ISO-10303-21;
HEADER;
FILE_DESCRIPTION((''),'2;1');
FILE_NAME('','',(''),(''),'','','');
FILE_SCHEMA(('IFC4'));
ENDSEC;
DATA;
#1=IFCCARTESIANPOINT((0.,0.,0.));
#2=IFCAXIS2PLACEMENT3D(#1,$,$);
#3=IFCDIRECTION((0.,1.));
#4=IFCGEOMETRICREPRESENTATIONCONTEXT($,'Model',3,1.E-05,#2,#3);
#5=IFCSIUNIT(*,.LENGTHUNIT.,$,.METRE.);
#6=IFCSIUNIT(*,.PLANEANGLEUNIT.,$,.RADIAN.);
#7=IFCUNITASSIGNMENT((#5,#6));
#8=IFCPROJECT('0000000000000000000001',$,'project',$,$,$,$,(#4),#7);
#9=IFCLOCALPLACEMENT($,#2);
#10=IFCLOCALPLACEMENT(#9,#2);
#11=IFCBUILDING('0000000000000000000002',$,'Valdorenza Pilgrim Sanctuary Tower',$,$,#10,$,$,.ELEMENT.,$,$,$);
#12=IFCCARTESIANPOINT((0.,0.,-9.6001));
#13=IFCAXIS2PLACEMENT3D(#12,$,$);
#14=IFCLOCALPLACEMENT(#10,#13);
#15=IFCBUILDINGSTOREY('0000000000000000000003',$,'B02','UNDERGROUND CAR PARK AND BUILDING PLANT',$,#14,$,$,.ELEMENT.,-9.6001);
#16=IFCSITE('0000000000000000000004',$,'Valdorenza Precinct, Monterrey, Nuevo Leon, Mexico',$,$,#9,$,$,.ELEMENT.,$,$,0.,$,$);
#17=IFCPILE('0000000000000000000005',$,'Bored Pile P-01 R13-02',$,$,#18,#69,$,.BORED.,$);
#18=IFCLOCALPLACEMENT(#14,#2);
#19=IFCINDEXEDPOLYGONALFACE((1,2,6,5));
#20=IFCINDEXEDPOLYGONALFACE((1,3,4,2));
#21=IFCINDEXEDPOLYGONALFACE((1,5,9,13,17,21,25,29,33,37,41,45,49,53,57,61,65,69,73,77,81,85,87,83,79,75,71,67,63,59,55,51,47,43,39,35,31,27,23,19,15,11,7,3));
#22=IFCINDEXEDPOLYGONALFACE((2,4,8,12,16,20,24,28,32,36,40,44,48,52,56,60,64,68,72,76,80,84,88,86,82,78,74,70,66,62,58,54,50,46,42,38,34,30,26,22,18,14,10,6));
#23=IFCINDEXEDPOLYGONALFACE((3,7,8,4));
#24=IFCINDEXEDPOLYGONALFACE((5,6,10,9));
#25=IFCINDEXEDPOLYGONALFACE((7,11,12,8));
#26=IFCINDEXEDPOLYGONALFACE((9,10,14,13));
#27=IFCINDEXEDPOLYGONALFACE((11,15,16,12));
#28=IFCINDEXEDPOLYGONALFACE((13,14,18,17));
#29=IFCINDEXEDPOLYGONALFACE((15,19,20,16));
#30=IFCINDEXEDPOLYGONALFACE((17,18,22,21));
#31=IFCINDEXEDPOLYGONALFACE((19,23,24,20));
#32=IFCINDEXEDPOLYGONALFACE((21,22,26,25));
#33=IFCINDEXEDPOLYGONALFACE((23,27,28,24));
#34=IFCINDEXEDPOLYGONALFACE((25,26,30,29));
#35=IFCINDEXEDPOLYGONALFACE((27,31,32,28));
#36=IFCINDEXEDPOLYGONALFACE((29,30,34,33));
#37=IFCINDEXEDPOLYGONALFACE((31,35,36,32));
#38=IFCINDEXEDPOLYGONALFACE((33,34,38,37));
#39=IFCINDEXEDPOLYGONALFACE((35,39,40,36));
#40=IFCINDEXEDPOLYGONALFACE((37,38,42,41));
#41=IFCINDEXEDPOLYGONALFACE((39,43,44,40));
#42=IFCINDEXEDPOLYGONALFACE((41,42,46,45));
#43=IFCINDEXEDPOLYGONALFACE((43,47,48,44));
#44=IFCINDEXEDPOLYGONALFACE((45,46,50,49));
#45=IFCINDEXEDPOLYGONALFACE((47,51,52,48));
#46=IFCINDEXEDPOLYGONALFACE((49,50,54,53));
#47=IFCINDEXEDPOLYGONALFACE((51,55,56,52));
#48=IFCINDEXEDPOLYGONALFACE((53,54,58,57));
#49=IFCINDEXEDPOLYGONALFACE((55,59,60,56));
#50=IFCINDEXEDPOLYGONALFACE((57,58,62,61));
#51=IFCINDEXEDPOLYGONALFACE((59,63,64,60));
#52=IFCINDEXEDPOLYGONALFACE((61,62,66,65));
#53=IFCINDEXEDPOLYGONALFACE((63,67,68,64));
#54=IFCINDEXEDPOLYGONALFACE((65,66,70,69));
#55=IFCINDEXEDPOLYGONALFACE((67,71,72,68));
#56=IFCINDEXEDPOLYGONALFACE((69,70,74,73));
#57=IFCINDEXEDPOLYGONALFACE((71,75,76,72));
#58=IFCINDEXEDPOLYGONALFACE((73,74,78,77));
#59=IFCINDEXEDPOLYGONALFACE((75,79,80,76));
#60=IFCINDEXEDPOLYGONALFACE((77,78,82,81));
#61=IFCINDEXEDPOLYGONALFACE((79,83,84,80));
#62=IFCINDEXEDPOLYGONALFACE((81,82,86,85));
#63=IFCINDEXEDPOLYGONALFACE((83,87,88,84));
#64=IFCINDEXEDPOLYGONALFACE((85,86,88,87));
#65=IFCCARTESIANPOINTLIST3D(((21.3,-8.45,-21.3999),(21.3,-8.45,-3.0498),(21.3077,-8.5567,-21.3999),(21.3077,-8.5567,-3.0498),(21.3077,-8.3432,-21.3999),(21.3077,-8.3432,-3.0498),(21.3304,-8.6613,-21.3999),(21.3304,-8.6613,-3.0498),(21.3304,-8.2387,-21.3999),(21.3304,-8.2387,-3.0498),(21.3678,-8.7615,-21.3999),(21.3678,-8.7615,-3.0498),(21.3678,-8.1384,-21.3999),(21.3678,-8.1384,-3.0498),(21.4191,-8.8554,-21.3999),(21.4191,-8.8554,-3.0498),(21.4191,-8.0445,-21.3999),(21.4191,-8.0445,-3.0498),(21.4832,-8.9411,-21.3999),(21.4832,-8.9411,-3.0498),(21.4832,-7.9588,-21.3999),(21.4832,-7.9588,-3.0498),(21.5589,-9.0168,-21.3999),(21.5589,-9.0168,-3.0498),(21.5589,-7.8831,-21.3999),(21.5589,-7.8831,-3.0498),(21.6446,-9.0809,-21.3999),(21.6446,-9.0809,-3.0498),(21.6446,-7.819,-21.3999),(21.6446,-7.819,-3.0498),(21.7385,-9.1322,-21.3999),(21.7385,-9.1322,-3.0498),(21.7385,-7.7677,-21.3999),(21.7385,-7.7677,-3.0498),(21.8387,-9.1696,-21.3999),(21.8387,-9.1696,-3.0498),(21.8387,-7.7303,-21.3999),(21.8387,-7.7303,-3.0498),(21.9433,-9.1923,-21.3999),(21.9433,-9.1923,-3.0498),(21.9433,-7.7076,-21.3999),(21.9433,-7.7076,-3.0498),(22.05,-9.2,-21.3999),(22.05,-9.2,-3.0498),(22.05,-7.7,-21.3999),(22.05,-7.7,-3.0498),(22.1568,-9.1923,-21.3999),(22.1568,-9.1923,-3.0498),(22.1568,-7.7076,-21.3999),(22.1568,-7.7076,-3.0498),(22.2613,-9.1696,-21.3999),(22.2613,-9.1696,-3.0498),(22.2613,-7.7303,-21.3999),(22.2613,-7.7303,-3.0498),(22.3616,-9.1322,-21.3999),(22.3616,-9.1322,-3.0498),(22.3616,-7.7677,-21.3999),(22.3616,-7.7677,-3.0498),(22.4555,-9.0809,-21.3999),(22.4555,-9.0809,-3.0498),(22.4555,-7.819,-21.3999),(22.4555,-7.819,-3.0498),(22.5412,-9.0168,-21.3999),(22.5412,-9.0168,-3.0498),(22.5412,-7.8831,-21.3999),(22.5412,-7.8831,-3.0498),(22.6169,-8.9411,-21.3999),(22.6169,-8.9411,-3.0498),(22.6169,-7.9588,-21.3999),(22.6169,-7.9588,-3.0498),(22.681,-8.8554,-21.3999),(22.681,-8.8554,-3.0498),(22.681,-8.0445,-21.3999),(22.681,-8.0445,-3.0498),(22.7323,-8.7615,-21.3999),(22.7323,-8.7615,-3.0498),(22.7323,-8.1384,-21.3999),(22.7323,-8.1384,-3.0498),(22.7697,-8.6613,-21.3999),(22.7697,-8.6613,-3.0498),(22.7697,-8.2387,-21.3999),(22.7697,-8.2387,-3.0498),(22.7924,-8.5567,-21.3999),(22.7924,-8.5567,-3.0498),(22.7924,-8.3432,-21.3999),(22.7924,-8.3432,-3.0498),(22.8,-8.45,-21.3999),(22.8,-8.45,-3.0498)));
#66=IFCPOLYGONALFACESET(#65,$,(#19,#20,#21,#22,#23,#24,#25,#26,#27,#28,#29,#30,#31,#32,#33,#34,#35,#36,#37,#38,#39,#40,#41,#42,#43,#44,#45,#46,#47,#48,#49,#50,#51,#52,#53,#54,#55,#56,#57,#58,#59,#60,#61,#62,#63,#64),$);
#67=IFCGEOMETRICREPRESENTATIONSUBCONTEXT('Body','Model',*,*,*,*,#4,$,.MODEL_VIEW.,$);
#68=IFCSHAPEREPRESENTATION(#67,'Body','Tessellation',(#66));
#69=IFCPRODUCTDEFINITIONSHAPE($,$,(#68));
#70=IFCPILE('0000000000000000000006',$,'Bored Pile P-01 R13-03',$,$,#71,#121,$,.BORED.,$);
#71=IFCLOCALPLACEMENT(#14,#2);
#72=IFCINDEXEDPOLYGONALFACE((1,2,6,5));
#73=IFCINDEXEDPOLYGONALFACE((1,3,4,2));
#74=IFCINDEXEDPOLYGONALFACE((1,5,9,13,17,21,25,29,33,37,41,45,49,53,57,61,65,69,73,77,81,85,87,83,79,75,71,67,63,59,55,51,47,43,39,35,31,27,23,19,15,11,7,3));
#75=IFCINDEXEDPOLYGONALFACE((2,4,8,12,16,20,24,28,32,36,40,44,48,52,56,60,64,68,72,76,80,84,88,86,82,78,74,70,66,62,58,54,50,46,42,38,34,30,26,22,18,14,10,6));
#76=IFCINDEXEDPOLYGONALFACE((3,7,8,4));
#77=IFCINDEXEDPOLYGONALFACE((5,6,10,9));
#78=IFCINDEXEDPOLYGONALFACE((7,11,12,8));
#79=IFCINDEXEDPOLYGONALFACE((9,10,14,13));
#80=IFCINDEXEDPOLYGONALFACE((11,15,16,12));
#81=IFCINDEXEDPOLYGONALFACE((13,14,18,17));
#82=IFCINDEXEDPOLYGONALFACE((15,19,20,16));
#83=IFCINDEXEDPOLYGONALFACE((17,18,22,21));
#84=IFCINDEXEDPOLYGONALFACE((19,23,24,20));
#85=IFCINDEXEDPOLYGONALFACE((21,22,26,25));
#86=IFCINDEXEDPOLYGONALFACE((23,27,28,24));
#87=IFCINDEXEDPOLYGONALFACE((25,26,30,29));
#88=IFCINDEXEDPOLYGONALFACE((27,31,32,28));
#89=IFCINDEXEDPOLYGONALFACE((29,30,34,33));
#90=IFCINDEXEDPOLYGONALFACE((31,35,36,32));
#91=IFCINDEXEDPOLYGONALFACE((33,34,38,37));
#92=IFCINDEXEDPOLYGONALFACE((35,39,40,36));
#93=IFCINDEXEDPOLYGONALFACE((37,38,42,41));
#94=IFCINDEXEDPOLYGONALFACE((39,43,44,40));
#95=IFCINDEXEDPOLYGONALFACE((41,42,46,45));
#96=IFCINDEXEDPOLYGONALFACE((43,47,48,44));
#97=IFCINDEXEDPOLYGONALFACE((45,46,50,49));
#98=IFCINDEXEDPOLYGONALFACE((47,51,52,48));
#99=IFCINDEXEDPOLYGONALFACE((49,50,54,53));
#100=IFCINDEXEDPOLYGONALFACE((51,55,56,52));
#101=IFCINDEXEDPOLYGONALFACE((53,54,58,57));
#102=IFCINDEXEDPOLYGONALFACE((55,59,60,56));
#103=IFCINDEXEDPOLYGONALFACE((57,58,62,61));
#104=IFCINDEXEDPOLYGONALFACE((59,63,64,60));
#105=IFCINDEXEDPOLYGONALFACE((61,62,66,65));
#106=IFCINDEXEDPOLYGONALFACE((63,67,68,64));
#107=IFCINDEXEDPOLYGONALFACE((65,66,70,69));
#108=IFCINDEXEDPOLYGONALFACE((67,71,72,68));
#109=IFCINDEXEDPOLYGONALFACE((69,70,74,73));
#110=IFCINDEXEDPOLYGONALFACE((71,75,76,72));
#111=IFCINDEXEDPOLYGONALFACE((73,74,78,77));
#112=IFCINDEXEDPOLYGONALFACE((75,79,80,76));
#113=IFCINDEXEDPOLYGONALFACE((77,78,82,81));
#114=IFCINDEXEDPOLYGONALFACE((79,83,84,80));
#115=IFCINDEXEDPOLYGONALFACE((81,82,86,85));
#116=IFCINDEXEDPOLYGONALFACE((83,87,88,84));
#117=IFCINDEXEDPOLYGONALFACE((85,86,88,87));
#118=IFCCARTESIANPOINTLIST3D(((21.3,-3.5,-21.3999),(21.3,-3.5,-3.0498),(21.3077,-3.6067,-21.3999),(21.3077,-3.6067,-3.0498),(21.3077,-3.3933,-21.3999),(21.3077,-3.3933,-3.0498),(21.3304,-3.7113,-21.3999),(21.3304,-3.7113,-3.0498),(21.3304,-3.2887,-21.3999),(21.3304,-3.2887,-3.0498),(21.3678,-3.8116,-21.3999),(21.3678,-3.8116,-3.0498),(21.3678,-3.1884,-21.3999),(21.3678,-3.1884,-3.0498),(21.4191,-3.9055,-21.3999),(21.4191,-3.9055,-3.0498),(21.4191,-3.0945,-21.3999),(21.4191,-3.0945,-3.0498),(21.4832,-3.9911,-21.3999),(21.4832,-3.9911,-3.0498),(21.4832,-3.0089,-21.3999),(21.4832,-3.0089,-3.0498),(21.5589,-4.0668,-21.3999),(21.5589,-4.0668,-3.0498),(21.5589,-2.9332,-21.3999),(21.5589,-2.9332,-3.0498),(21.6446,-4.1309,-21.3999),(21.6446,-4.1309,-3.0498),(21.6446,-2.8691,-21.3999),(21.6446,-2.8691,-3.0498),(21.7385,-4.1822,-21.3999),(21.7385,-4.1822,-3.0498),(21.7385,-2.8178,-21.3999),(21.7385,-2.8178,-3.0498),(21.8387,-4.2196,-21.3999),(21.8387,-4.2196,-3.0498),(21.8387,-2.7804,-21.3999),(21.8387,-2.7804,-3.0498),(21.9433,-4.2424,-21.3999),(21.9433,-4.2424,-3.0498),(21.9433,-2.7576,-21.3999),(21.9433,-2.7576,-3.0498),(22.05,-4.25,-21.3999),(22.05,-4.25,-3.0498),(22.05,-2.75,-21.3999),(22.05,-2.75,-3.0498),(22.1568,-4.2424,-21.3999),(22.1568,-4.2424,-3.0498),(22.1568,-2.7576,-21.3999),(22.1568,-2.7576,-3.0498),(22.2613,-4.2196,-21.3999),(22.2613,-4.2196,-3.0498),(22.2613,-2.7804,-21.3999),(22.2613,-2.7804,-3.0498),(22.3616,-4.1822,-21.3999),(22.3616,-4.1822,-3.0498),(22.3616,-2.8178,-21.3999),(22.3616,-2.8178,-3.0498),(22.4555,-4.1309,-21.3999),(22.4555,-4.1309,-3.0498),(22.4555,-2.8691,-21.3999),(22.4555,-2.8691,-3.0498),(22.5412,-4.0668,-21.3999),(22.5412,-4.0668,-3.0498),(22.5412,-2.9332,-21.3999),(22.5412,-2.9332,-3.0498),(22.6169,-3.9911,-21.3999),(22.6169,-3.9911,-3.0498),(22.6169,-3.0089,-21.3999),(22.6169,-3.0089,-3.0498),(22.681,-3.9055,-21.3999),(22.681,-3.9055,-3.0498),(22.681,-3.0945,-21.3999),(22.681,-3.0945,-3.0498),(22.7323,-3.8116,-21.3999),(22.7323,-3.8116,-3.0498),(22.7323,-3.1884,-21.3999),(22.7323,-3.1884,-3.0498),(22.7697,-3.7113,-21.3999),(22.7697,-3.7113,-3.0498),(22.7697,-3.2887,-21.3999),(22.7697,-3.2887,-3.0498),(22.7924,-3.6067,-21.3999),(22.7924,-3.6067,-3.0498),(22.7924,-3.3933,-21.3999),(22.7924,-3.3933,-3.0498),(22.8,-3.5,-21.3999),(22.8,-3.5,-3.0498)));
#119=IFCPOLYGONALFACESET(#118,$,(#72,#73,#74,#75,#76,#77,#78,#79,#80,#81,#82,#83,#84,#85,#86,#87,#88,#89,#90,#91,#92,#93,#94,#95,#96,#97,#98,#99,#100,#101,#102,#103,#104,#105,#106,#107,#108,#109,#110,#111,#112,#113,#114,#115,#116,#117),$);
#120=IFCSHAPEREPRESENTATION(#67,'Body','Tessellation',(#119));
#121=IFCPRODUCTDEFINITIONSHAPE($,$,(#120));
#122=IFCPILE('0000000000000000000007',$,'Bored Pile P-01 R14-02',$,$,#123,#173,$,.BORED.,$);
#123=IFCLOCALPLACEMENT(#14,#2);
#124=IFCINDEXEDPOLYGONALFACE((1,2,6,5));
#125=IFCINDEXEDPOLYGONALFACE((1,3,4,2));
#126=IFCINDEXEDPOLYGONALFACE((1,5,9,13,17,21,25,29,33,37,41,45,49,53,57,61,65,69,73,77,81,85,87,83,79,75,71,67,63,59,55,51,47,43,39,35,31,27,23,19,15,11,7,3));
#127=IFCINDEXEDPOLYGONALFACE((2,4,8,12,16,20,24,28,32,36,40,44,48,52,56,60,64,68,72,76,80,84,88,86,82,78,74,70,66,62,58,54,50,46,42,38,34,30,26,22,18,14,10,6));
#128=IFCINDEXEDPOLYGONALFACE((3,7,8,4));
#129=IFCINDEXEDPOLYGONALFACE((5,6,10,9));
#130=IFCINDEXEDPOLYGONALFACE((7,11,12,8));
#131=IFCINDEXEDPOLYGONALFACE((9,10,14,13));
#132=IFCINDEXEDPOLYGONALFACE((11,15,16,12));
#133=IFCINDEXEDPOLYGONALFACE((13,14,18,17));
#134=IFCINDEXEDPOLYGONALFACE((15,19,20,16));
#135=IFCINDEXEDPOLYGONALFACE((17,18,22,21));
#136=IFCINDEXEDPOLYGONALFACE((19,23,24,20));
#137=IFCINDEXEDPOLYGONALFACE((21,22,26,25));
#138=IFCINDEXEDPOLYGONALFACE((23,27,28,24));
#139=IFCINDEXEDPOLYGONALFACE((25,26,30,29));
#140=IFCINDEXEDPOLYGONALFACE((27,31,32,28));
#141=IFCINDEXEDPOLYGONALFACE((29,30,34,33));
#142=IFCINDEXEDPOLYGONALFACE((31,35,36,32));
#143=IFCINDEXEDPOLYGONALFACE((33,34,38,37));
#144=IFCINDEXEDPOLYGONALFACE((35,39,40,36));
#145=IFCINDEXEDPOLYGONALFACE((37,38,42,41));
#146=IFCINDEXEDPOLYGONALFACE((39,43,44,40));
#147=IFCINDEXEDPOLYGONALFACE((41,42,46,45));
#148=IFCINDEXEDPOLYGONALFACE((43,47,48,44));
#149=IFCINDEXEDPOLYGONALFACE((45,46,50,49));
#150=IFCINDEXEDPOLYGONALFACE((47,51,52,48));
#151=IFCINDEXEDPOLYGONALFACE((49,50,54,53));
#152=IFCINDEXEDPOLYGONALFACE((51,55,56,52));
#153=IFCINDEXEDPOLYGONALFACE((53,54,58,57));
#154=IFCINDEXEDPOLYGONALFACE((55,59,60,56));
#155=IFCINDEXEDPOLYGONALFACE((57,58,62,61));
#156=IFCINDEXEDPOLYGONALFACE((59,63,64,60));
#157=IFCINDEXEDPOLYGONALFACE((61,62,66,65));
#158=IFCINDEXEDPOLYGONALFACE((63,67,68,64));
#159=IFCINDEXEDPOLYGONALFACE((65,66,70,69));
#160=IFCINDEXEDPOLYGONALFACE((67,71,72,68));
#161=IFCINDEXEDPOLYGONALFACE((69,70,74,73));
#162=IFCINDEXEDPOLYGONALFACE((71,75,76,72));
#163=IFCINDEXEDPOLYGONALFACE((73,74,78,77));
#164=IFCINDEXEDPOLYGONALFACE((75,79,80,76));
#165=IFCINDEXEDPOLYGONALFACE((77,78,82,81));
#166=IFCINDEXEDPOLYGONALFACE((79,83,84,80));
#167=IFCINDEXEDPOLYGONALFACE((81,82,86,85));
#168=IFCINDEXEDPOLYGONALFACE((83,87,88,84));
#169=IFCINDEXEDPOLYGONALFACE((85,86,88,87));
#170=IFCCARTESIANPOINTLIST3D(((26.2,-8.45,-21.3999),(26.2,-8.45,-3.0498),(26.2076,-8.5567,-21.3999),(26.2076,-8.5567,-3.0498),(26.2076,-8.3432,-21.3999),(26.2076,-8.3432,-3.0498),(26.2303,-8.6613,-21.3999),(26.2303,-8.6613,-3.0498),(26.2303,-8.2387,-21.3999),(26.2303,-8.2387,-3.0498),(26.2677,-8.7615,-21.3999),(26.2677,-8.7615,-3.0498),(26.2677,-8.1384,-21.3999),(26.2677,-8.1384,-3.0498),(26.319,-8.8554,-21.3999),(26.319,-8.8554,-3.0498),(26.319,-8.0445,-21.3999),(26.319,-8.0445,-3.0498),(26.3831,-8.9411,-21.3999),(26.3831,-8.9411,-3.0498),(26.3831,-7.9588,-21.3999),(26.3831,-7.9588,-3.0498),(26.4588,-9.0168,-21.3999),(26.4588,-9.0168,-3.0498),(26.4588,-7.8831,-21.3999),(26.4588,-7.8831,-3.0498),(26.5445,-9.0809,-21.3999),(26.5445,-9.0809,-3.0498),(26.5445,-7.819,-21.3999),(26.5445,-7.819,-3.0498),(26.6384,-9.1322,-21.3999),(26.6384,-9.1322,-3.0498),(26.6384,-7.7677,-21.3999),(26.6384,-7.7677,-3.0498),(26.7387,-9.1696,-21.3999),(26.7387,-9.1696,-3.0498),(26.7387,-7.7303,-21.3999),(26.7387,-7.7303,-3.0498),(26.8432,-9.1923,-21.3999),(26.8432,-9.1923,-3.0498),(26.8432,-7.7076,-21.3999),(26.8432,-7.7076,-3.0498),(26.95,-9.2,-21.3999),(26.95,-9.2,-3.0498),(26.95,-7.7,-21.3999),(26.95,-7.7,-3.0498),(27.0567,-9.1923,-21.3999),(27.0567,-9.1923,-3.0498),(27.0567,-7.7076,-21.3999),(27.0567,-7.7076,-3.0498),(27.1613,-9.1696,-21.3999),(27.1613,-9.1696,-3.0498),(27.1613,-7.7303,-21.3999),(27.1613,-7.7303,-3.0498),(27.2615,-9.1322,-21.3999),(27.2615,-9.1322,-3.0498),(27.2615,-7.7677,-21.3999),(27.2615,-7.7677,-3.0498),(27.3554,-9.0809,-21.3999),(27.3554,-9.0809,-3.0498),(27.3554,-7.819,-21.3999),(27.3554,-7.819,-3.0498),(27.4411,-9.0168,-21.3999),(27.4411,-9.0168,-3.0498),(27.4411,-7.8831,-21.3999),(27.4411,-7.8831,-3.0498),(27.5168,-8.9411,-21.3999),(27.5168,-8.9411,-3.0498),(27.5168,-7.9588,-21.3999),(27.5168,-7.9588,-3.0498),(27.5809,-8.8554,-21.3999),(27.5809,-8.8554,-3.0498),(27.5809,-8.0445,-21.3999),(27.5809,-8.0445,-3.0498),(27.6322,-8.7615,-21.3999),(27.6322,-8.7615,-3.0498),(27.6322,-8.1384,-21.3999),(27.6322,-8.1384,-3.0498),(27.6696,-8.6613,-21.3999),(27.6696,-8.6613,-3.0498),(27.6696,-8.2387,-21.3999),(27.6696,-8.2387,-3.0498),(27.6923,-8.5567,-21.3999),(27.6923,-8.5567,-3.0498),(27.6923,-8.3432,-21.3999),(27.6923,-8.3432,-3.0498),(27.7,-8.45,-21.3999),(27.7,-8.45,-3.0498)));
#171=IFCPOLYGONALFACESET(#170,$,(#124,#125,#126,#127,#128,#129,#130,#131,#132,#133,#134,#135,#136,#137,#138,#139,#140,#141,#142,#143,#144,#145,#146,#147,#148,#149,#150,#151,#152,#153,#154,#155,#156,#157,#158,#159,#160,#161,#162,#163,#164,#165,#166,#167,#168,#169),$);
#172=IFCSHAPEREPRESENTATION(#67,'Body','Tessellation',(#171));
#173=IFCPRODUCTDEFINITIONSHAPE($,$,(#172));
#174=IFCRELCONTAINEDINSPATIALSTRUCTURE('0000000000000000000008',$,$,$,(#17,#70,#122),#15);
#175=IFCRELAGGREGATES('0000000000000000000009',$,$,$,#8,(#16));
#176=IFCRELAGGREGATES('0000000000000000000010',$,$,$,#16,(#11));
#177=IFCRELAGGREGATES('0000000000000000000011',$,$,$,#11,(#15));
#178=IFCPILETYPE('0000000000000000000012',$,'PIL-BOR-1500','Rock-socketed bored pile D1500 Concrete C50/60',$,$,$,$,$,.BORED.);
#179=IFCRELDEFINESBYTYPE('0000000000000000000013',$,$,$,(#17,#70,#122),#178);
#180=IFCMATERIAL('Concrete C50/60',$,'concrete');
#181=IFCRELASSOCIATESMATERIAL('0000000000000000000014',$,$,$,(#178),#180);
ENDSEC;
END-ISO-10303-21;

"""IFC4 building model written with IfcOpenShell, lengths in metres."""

from ifc_helpers import new_model, si_unit, direction, frame, origin, origin_2d, place, context, subcontext, project, spatial, circle, extrude, source, transform, mapped, material, material_profile, profile_set, type_object, element, save


model = new_model("IFC4")

# Units and contexts
model_context = context("Model", 3, precision=1e-05, world=origin(), true_north=direction((0.0, 1.0)))
body_context = subcontext(model_context, "Body", "Model", "MODEL_VIEW")
ifc_project = project(units=[si_unit("LENGTHUNIT", "METRE"), si_unit("PLANEANGLEUNIT", "RADIAN")], contexts=[model_context])

# Site, building, storey
site_placement = place(None, origin())
site = spatial("IfcSite", under=ifc_project, at=site_placement, Name="Valdorenza Precinct, Monterrey, Nuevo Leon, Mexico", CompositionType="ELEMENT", RefElevation=0.0)
building_placement = place(site_placement, origin())
building = spatial("IfcBuilding", under=site, at=building_placement, Name="Valdorenza Pilgrim Sanctuary Tower", CompositionType="ELEMENT")
storey_placement = place(building_placement, frame((0.0, 0.0, -9.6001)))
storey = spatial("IfcBuildingStorey", under=building, at=storey_placement, Name="B02", Description="UNDERGROUND CAR PARK AND BUILDING PLANT", CompositionType="ELEMENT", Elevation=-9.6001)

# Piles
ifc_material_1 = material(Name="Concrete C50/60", Category="concrete")
ifc_material_profile_1 = material_profile(ifc_material_1, circle(Radius=0.75, at=origin_2d()), Name="BORED PILE 1500")
ifc_profile_set_1 = profile_set([ifc_material_profile_1], Name="Concrete C50/60")
pile_type = type_object("IfcPileType", Name="PIL-BOR-1500", Description="Rock-socketed bored pile D1500 Concrete C50/60", PredefinedType="BORED", material=ifc_profile_set_1)
shared_shape_1 = source(origin(), body_context, "Body", "SweptSolid", [
    extrude(circle(Radius=0.75, at=origin_2d()), origin(), (0.0, 0.0, 1.0), 18.3501),
])
for number, where, z_axis, x_axis, name in (
    (1, (22.05, -8.45, -3.0498), (0.0, 0.0, -1.0), (1.0, 0.0, 0.0), "Bored Pile P-01 R13-02"),
    (2, (22.05, -3.5, -3.0498), (0.0, 0.0, -1.0), (1.0, 0.0, 0.0), "Bored Pile P-01 R13-03"),
    (3, (26.95, -8.45, -3.0498), (0.0, 0.0, -1.0), (1.0, 0.0, 0.0), "Bored Pile P-01 R14-02"),
):
    element("IfcPile", number, at=place(storey_placement, frame(where, z_axis=z_axis, x_axis=x_axis)), inside=storey, type_object=pile_type, Name=name, PredefinedType="BORED", context=body_context, shape_type="MappedRepresentation", body=[
        mapped(shared_shape_1, transform((0.0, 0.0, 0.0), x_axis=(1.0, 0.0, 0.0), y_axis=(0.0, 1.0, 0.0), z_axis=(0.0, 0.0, 1.0), scale=1.0)),
    ])

save(model, "model.ifc")
